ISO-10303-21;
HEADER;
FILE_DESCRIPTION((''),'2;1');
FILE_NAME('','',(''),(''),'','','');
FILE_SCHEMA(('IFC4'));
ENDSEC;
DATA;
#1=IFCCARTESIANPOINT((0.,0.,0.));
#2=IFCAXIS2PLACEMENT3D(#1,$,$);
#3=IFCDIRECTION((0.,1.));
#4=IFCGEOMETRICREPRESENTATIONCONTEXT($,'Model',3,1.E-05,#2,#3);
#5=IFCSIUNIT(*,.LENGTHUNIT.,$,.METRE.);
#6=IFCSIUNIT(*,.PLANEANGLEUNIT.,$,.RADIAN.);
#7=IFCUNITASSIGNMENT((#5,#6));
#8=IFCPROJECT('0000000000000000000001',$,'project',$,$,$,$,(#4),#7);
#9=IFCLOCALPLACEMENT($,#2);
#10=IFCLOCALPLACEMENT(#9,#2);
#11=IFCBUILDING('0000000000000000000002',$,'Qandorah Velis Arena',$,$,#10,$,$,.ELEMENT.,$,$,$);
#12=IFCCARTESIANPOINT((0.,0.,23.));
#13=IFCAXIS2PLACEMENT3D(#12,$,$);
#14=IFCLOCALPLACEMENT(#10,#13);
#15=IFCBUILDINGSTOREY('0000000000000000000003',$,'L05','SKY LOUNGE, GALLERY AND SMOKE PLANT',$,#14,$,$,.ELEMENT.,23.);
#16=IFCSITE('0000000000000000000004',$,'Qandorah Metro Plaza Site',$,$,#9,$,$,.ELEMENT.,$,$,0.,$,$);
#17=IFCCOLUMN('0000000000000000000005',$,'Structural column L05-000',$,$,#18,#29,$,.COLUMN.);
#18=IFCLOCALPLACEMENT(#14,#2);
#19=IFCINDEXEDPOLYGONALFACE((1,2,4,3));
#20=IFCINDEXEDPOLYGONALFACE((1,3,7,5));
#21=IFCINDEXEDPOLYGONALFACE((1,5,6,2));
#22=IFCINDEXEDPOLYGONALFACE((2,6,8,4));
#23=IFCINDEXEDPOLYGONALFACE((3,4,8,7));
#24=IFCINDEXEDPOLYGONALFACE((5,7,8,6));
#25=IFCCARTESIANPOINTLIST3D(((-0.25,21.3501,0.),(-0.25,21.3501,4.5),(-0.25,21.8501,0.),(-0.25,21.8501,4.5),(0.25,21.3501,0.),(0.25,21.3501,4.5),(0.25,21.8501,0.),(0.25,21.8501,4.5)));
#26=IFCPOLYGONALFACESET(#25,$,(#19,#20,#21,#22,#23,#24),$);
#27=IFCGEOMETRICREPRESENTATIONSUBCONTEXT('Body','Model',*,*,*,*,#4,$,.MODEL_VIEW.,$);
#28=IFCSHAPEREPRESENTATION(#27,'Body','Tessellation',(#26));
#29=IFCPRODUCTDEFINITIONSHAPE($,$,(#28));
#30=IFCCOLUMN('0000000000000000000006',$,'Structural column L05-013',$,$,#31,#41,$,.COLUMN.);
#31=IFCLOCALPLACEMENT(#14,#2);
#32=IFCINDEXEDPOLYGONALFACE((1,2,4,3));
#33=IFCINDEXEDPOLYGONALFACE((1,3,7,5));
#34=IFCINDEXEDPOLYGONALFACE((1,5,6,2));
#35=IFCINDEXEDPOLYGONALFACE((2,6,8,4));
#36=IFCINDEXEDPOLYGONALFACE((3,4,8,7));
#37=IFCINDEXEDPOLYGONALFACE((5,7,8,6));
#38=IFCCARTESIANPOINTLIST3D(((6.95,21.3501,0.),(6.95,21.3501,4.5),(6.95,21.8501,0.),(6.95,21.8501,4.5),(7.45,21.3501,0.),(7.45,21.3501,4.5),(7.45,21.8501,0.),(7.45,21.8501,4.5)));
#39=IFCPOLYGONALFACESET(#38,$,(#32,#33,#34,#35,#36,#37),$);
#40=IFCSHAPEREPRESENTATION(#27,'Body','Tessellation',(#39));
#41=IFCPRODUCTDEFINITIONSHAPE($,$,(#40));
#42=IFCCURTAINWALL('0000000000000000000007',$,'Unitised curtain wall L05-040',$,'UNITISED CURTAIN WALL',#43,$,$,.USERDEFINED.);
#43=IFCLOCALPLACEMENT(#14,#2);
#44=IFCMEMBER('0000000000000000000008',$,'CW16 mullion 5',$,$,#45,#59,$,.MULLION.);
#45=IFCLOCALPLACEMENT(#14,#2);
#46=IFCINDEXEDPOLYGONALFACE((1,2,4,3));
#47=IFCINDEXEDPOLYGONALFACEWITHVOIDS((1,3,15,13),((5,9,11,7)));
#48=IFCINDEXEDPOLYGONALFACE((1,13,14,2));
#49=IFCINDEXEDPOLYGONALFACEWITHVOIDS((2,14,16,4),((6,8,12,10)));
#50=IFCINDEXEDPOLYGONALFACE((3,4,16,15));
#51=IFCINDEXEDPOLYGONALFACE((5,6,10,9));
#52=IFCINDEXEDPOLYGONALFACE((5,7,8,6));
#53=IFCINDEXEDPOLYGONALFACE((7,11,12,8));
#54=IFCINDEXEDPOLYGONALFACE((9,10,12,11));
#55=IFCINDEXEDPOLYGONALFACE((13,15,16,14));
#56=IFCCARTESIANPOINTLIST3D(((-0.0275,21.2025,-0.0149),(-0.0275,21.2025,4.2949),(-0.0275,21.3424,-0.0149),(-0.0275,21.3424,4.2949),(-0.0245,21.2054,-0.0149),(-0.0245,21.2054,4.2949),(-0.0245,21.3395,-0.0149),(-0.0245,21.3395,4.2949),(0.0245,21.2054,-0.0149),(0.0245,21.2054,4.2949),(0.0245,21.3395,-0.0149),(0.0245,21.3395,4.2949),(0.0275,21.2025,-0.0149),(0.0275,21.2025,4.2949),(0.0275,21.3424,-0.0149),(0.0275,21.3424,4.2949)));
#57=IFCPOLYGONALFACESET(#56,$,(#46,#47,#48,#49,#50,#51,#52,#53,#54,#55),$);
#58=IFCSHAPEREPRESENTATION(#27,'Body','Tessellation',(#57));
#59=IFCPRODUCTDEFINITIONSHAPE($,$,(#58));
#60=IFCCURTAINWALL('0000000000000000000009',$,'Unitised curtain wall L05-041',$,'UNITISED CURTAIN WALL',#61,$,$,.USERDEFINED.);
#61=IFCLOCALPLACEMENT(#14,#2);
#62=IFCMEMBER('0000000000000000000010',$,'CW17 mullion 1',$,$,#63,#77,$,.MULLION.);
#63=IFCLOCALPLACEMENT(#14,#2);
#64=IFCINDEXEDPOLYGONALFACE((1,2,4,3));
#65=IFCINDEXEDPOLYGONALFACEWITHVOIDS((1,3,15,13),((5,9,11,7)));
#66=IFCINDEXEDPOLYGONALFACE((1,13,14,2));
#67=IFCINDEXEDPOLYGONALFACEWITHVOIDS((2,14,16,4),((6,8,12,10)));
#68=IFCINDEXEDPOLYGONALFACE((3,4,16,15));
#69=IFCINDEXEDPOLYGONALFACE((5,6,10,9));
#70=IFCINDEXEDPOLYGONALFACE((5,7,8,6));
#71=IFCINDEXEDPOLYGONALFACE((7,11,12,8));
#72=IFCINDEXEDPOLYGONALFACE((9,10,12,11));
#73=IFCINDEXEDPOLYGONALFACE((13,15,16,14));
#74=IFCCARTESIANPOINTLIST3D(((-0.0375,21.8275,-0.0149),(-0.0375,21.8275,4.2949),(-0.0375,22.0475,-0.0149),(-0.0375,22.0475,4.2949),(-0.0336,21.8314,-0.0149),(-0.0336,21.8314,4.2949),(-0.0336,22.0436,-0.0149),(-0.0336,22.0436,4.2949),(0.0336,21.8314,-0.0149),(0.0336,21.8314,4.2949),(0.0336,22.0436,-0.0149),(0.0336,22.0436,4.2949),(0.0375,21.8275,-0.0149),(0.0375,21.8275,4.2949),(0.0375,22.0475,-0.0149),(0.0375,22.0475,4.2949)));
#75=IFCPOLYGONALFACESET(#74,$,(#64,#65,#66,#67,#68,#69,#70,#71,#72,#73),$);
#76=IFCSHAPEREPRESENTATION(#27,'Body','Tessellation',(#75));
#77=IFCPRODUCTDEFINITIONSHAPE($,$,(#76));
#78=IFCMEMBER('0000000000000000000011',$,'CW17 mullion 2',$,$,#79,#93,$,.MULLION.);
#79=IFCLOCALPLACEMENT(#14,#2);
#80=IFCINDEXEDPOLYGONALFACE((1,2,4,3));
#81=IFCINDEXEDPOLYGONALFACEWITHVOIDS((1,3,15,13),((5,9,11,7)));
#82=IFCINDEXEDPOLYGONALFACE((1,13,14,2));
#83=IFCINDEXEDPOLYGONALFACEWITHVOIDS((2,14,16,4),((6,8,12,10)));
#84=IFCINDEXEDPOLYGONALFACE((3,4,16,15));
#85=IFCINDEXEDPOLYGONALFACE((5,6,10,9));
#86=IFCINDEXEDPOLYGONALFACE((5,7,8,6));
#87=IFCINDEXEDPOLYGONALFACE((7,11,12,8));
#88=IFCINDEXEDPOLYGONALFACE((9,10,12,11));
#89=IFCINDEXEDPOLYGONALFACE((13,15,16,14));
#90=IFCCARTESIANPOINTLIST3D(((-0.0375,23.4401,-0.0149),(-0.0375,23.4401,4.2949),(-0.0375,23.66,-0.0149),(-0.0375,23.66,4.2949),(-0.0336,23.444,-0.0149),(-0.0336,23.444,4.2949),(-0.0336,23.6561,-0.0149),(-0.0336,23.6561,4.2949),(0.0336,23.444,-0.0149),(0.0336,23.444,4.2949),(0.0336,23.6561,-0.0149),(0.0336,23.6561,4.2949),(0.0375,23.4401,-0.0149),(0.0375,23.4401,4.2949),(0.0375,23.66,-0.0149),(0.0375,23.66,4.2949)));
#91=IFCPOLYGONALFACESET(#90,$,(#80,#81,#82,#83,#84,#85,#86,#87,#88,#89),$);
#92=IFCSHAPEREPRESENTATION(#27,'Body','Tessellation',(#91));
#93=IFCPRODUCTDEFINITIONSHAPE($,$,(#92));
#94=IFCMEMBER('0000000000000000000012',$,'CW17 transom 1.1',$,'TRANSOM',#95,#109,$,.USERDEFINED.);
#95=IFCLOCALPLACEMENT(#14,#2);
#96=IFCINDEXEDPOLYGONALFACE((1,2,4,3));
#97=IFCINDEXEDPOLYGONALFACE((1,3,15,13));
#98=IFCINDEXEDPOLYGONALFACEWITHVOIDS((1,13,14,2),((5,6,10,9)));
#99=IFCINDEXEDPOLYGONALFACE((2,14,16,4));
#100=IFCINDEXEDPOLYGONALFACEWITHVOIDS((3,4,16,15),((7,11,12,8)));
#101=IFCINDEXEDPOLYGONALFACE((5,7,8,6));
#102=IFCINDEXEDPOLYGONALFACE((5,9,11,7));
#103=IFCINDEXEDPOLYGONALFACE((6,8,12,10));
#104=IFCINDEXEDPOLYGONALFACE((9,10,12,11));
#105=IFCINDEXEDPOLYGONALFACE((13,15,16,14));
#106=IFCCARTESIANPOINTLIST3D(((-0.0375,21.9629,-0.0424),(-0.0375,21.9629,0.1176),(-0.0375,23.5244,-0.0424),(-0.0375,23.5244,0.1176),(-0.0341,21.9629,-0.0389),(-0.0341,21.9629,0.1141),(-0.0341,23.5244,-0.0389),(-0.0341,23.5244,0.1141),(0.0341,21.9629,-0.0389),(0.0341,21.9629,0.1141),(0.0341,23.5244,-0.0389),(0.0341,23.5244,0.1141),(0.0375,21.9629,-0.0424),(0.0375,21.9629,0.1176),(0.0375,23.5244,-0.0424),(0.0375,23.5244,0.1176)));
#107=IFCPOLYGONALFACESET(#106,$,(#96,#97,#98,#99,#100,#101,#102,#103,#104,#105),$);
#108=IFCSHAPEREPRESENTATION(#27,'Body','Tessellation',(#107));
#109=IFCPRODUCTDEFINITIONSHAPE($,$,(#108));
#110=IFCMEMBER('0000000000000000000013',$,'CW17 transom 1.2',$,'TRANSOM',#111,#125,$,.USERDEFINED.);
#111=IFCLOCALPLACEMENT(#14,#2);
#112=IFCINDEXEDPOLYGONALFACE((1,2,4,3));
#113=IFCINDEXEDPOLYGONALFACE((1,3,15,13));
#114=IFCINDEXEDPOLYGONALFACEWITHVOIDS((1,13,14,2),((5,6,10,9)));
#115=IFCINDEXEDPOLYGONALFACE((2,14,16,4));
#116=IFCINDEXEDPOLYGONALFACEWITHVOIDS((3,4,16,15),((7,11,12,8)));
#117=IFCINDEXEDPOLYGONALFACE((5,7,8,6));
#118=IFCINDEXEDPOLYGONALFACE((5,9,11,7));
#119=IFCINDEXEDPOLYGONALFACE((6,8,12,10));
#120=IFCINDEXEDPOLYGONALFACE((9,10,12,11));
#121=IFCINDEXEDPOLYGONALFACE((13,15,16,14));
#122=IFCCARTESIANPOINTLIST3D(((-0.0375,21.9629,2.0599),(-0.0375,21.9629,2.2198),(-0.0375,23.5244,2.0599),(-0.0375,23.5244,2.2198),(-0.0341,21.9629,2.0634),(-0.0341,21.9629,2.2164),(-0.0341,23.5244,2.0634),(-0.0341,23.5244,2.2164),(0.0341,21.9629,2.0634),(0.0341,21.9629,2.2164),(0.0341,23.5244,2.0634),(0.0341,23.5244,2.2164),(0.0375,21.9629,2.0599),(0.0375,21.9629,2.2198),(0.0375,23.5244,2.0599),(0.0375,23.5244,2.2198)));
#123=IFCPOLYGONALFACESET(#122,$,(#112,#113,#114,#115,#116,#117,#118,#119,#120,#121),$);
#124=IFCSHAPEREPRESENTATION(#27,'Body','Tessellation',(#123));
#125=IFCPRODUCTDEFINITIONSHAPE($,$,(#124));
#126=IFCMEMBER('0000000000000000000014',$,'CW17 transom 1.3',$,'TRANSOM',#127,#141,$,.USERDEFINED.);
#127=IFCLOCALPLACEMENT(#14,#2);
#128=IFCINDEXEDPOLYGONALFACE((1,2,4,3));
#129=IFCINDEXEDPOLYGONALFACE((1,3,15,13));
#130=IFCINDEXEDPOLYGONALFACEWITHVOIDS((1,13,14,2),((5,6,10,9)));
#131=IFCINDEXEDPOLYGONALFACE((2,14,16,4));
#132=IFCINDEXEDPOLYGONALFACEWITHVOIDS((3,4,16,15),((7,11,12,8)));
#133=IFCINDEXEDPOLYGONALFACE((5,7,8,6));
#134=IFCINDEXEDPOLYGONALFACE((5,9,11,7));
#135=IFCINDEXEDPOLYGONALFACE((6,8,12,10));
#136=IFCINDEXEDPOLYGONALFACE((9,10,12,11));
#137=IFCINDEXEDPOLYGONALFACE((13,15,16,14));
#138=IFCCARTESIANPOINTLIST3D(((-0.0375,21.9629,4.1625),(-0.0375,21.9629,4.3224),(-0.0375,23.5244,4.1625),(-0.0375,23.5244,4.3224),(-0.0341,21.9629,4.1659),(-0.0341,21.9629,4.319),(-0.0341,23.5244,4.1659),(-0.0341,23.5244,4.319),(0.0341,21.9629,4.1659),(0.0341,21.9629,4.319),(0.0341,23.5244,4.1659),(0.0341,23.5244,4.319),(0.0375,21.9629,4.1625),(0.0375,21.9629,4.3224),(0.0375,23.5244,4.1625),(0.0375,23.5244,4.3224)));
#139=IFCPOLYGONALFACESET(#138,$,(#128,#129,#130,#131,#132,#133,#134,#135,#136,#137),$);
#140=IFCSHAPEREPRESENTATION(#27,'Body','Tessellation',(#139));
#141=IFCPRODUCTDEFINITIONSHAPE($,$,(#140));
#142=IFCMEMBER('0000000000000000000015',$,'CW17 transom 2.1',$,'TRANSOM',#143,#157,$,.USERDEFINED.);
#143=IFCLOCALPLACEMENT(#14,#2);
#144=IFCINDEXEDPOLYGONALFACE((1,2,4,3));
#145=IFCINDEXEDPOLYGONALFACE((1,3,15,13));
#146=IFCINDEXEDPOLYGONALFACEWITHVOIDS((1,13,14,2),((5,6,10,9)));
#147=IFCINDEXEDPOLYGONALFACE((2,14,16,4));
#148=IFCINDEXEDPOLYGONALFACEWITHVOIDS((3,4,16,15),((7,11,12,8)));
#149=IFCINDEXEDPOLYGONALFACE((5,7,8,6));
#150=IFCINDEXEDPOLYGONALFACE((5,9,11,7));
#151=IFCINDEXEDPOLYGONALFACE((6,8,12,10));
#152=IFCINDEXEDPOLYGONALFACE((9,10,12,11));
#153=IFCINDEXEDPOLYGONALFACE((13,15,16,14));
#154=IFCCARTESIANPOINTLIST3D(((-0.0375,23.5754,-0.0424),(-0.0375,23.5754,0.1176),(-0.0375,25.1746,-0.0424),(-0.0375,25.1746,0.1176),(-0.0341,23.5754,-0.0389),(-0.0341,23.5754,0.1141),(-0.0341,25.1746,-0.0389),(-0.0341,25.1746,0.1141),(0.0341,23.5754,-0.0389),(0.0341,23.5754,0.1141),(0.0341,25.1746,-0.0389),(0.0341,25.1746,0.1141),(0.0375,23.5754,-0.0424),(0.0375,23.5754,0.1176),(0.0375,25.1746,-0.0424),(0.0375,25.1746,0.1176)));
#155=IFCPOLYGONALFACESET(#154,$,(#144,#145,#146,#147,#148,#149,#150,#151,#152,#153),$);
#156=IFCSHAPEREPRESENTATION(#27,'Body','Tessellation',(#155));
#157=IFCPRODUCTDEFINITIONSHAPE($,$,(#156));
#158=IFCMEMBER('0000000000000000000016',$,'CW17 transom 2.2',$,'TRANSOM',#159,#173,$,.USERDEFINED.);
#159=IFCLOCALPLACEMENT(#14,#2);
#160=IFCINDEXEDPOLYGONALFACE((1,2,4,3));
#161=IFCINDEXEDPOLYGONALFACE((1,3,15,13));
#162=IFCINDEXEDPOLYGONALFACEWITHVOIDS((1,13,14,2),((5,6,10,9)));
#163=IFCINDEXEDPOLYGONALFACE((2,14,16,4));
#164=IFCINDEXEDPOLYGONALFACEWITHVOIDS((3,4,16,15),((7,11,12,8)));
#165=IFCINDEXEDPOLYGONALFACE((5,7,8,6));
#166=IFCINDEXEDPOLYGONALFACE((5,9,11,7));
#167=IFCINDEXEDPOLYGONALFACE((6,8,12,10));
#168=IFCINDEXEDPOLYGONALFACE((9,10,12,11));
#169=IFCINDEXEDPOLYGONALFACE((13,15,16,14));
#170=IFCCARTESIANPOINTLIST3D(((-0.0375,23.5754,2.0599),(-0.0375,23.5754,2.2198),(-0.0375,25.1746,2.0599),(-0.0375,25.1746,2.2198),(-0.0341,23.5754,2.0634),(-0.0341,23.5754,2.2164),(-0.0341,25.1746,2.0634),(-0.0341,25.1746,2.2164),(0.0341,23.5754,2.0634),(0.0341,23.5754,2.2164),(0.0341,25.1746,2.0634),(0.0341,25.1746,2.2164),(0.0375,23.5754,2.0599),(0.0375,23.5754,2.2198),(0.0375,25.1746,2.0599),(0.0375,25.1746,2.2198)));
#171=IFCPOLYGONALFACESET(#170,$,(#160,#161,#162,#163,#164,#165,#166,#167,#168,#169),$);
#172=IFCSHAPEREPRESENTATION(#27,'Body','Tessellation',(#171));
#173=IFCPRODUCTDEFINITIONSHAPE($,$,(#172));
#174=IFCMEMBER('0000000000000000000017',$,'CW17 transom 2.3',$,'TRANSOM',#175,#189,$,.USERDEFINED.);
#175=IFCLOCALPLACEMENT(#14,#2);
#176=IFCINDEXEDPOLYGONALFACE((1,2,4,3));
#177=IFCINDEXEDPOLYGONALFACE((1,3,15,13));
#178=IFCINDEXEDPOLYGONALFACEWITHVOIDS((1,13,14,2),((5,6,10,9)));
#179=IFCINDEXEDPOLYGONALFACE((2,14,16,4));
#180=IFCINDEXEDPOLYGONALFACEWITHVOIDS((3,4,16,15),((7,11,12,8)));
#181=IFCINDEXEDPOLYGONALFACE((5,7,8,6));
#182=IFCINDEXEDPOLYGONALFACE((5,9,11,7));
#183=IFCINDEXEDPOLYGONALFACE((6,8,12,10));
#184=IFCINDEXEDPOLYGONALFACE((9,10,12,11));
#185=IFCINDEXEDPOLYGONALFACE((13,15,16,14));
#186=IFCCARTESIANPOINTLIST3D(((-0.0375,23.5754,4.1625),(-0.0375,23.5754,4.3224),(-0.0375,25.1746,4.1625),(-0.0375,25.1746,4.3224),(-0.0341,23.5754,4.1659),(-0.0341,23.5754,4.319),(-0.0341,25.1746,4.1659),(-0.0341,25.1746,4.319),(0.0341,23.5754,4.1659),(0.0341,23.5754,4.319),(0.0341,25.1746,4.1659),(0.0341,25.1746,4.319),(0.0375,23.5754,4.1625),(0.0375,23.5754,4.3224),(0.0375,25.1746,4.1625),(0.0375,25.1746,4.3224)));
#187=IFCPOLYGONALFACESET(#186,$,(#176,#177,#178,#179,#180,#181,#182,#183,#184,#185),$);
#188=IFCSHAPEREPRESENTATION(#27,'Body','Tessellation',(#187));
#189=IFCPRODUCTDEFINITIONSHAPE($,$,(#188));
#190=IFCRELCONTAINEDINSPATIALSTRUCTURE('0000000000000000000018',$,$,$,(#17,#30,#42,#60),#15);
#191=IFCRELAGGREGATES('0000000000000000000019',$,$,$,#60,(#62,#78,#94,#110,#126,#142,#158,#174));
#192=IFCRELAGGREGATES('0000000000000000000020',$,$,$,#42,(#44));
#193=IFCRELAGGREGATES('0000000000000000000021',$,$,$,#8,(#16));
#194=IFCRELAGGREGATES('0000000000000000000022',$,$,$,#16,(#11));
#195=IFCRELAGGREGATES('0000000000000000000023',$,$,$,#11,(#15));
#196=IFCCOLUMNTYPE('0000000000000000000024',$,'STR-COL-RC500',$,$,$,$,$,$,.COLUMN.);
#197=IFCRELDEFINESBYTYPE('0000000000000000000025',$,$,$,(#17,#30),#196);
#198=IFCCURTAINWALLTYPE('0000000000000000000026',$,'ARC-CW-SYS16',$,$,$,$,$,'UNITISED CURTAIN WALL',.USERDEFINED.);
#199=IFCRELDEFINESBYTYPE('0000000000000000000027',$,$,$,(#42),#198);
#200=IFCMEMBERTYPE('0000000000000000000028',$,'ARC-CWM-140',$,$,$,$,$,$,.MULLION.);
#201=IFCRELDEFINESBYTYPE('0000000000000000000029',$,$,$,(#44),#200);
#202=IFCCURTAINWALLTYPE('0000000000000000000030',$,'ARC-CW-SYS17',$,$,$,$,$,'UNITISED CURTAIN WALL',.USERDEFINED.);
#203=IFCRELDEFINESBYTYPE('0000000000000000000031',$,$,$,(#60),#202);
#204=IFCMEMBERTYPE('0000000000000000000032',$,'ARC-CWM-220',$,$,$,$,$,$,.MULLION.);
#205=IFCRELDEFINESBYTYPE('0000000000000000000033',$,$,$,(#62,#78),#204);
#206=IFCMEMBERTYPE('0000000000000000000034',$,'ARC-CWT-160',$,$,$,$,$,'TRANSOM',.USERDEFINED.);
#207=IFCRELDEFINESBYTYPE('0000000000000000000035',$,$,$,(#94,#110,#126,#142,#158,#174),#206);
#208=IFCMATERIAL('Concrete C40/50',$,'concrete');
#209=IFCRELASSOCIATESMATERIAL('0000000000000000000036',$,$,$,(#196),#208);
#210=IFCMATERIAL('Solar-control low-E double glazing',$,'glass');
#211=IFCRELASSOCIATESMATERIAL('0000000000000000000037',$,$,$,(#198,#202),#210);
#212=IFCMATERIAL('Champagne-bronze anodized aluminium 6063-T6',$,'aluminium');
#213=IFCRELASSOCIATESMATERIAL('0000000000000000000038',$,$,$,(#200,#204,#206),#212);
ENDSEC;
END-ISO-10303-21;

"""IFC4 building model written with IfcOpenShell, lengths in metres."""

from ifc_helpers import new_model, si_unit, direction, frame, origin, origin_2d, place, context, subcontext, project, spatial, rectangle, hollow_rectangle, extrude, material, material_profile, profile_set, type_object, element, aggregate, save


model = new_model("IFC4")

# Units and contexts
model_context = context("Model", 3, precision=1e-05, world=origin(), true_north=direction((0.0, 1.0)))
body_context = subcontext(model_context, "Body", "Model", "MODEL_VIEW")
ifc_project = project(units=[si_unit("LENGTHUNIT", "METRE"), si_unit("PLANEANGLEUNIT", "RADIAN")], contexts=[model_context])

# Site, building, storey
site_placement = place(None, origin())
site = spatial("IfcSite", under=ifc_project, at=site_placement, Name="Qandorah Metro Plaza Site", CompositionType="ELEMENT", RefElevation=0.0)
building_placement = place(site_placement, origin())
building = spatial("IfcBuilding", under=site, at=building_placement, Name="Qandorah Velis Arena", CompositionType="ELEMENT")
storey_placement = place(building_placement, frame((0.0, 0.0, 23.0)))
storey = spatial("IfcBuildingStorey", under=building, at=storey_placement, Name="L05", Description="SKY LOUNGE, GALLERY AND SMOKE PLANT", CompositionType="ELEMENT", Elevation=23.0)

# Columns
ifc_material_1 = material(Name="Concrete C40/50", Category="concrete")
ifc_material_profile_1 = material_profile(ifc_material_1, rectangle(XDim=0.5, YDim=0.5, at=origin_2d()), Name="RC COL 500x500")
ifc_profile_set_1 = profile_set([ifc_material_profile_1], Name="Concrete C40/50")
column_type = type_object("IfcColumnType", Name="STR-COL-RC500", PredefinedType="COLUMN", material=ifc_profile_set_1)
for number, where, z_axis, x_axis, name in (
    (1, (0.0, 21.6001, 0.0), (0.0, 0.0, 1.0), (1.0, 0.0, 0.0), "Structural column L05-000"),
    (2, (7.2, 21.6001, 0.0), (0.0, 0.0, 1.0), (1.0, 0.0, 0.0), "Structural column L05-013"),
):
    element("IfcColumn", number, at=place(storey_placement, frame(where, z_axis=z_axis, x_axis=x_axis)), inside=storey, type_object=column_type, Name=name, PredefinedType="COLUMN", context=body_context, shape_type="SweptSolid", body=[
        extrude(rectangle(XDim=0.5, YDim=0.5, at=origin_2d()), origin(), (0.0, 0.0, 1.0), 4.5),
    ])

# Curtain wall, member
ifc_material_2 = material(Name="Solar-control low-E double glazing", Category="glass")
curtain_wall_type_1 = type_object("IfcCurtainWallType", Name="ARC-CW-SYS16", ElementType="UNITISED CURTAIN WALL", PredefinedType="USERDEFINED", material=ifc_material_2)
curtain_wall_1_placement = place(storey_placement, origin())
curtain_wall_1 = element("IfcCurtainWall", 3, at=curtain_wall_1_placement, inside=storey, type_object=curtain_wall_type_1, Name="Unitised curtain wall L05-040", ObjectType="UNITISED CURTAIN WALL", PredefinedType="USERDEFINED")
ifc_material_3 = material(Name="Champagne-bronze anodized aluminium 6063-T6", Category="aluminium")
ifc_material_profile_2 = material_profile(ifc_material_3, hollow_rectangle(XDim=0.0549, YDim=0.1399, WallThickness=0.0029, at=origin_2d()), Name="ALU MULLION 55x140")
ifc_profile_set_2 = profile_set([ifc_material_profile_2], Name="Champagne-bronze anodized aluminium 6063-T6")
member_type_1 = type_object("IfcMemberType", Name="ARC-CWM-140", PredefinedType="MULLION", material=ifc_profile_set_2)
member_1_placement = place(storey_placement, frame((0.0, 21.2725, -0.0149), z_axis=(0.0, 0.0, 1.0), x_axis=(-1.0, 0.0, 0.0)))
member_1 = element("IfcMember", 4, at=member_1_placement, type_object=member_type_1, Name="CW16 mullion 5", PredefinedType="MULLION", context=body_context, shape_type="SweptSolid", body=[
    extrude(hollow_rectangle(XDim=0.0549, YDim=0.1399, WallThickness=0.0029, at=origin_2d()), origin(), (0.0, 0.0, 1.0), 4.3098),
])

# Curtain wall, members
curtain_wall_type_2 = type_object("IfcCurtainWallType", Name="ARC-CW-SYS17", ElementType="UNITISED CURTAIN WALL", PredefinedType="USERDEFINED", material=ifc_material_2)
curtain_wall_2_placement = place(storey_placement, origin())
curtain_wall_2 = element("IfcCurtainWall", 5, at=curtain_wall_2_placement, inside=storey, type_object=curtain_wall_type_2, Name="Unitised curtain wall L05-041", ObjectType="UNITISED CURTAIN WALL", PredefinedType="USERDEFINED")
ifc_material_profile_3 = material_profile(ifc_material_3, hollow_rectangle(XDim=0.075, YDim=0.22, WallThickness=0.0039, at=origin_2d()), Name="ALU MULLION 75x220")
ifc_profile_set_3 = profile_set([ifc_material_profile_3], Name="Champagne-bronze anodized aluminium 6063-T6")
member_type_2 = type_object("IfcMemberType", Name="ARC-CWM-220", PredefinedType="MULLION", material=ifc_profile_set_3)
member_2_placement = place(storey_placement, frame((0.0, 21.9375, -0.0149), z_axis=(0.0, 0.0, 1.0), x_axis=(-1.0, 0.0, 0.0)))
member_2 = element("IfcMember", 6, at=member_2_placement, type_object=member_type_2, Name="CW17 mullion 1", PredefinedType="MULLION", context=body_context, shape_type="SweptSolid", body=[
    extrude(hollow_rectangle(XDim=0.075, YDim=0.22, WallThickness=0.0039, at=origin_2d()), origin(), (0.0, 0.0, 1.0), 4.3098),
])
member_3_placement = place(storey_placement, frame((0.0, 23.55, -0.0149), z_axis=(0.0, 0.0, 1.0), x_axis=(-1.0, 0.0, 0.0)))
member_3 = element("IfcMember", 7, at=member_3_placement, type_object=member_type_2, Name="CW17 mullion 2", PredefinedType="MULLION", context=body_context, shape_type="SweptSolid", body=[
    extrude(hollow_rectangle(XDim=0.075, YDim=0.22, WallThickness=0.0039, at=origin_2d()), origin(), (0.0, 0.0, 1.0), 4.3098),
])
ifc_material_profile_4 = material_profile(ifc_material_3, hollow_rectangle(XDim=0.075, YDim=0.1599, WallThickness=0.0034, at=origin_2d()), Name="ALU TRANSOM 75x160")
ifc_profile_set_4 = profile_set([ifc_material_profile_4], Name="Champagne-bronze anodized aluminium 6063-T6")
member_type_3 = type_object("IfcMemberType", Name="ARC-CWT-160", ElementType="TRANSOM", PredefinedType="USERDEFINED", material=ifc_profile_set_4)
member_4_placement = place(storey_placement, frame((0.0, 21.9629, 0.0376), z_axis=(0.0, 1.0, 0.0), x_axis=(-1.0, 0.0, 0.0)))
member_4 = element("IfcMember", 8, at=member_4_placement, type_object=member_type_3, Name="CW17 transom 1.1", ObjectType="TRANSOM", PredefinedType="USERDEFINED", context=body_context, shape_type="SweptSolid", body=[
    extrude(hollow_rectangle(XDim=0.075, YDim=0.1599, WallThickness=0.0034, at=origin_2d()), origin(), (0.0, 0.0, 1.0), 1.5615),
])
member_5_placement = place(storey_placement, frame((0.0, 21.9629, 2.1399), z_axis=(0.0, 1.0, 0.0), x_axis=(-1.0, 0.0, 0.0)))
member_5 = element("IfcMember", 9, at=member_5_placement, type_object=member_type_3, Name="CW17 transom 1.2", ObjectType="TRANSOM", PredefinedType="USERDEFINED", context=body_context, shape_type="SweptSolid", body=[
    extrude(hollow_rectangle(XDim=0.075, YDim=0.1599, WallThickness=0.0034, at=origin_2d()), origin(), (0.0, 0.0, 1.0), 1.5615),
])
member_6_placement = place(storey_placement, frame((0.0, 21.9629, 4.2424), z_axis=(0.0, 1.0, 0.0), x_axis=(-1.0, 0.0, 0.0)))
member_6 = element("IfcMember", 10, at=member_6_placement, type_object=member_type_3, Name="CW17 transom 1.3", ObjectType="TRANSOM", PredefinedType="USERDEFINED", context=body_context, shape_type="SweptSolid", body=[
    extrude(hollow_rectangle(XDim=0.075, YDim=0.1599, WallThickness=0.0034, at=origin_2d()), origin(), (0.0, 0.0, 1.0), 1.5615),
])
member_7_placement = place(storey_placement, frame((0.0, 23.5754, 0.0376), z_axis=(0.0, 1.0, 0.0), x_axis=(-1.0, 0.0, 0.0)))
member_7 = element("IfcMember", 11, at=member_7_placement, type_object=member_type_3, Name="CW17 transom 2.1", ObjectType="TRANSOM", PredefinedType="USERDEFINED", context=body_context, shape_type="SweptSolid", body=[
    extrude(hollow_rectangle(XDim=0.075, YDim=0.1599, WallThickness=0.0034, at=origin_2d()), origin(), (0.0, 0.0, 1.0), 1.5991),
])
member_8_placement = place(storey_placement, frame((0.0, 23.5754, 2.1399), z_axis=(0.0, 1.0, 0.0), x_axis=(-1.0, 0.0, 0.0)))
member_8 = element("IfcMember", 12, at=member_8_placement, type_object=member_type_3, Name="CW17 transom 2.2", ObjectType="TRANSOM", PredefinedType="USERDEFINED", context=body_context, shape_type="SweptSolid", body=[
    extrude(hollow_rectangle(XDim=0.075, YDim=0.1599, WallThickness=0.0034, at=origin_2d()), origin(), (0.0, 0.0, 1.0), 1.5991),
])
member_9_placement = place(storey_placement, frame((0.0, 23.5754, 4.2424), z_axis=(0.0, 1.0, 0.0), x_axis=(-1.0, 0.0, 0.0)))
member_9 = element("IfcMember", 13, at=member_9_placement, type_object=member_type_3, Name="CW17 transom 2.3", ObjectType="TRANSOM", PredefinedType="USERDEFINED", context=body_context, shape_type="SweptSolid", body=[
    extrude(hollow_rectangle(XDim=0.075, YDim=0.1599, WallThickness=0.0034, at=origin_2d()), origin(), (0.0, 0.0, 1.0), 1.5991),
])

aggregate(curtain_wall_2, [member_2, member_3, member_4, member_5, member_6, member_7, member_8, member_9])
aggregate(curtain_wall_1, [member_1])

save(model, "model.ifc")
